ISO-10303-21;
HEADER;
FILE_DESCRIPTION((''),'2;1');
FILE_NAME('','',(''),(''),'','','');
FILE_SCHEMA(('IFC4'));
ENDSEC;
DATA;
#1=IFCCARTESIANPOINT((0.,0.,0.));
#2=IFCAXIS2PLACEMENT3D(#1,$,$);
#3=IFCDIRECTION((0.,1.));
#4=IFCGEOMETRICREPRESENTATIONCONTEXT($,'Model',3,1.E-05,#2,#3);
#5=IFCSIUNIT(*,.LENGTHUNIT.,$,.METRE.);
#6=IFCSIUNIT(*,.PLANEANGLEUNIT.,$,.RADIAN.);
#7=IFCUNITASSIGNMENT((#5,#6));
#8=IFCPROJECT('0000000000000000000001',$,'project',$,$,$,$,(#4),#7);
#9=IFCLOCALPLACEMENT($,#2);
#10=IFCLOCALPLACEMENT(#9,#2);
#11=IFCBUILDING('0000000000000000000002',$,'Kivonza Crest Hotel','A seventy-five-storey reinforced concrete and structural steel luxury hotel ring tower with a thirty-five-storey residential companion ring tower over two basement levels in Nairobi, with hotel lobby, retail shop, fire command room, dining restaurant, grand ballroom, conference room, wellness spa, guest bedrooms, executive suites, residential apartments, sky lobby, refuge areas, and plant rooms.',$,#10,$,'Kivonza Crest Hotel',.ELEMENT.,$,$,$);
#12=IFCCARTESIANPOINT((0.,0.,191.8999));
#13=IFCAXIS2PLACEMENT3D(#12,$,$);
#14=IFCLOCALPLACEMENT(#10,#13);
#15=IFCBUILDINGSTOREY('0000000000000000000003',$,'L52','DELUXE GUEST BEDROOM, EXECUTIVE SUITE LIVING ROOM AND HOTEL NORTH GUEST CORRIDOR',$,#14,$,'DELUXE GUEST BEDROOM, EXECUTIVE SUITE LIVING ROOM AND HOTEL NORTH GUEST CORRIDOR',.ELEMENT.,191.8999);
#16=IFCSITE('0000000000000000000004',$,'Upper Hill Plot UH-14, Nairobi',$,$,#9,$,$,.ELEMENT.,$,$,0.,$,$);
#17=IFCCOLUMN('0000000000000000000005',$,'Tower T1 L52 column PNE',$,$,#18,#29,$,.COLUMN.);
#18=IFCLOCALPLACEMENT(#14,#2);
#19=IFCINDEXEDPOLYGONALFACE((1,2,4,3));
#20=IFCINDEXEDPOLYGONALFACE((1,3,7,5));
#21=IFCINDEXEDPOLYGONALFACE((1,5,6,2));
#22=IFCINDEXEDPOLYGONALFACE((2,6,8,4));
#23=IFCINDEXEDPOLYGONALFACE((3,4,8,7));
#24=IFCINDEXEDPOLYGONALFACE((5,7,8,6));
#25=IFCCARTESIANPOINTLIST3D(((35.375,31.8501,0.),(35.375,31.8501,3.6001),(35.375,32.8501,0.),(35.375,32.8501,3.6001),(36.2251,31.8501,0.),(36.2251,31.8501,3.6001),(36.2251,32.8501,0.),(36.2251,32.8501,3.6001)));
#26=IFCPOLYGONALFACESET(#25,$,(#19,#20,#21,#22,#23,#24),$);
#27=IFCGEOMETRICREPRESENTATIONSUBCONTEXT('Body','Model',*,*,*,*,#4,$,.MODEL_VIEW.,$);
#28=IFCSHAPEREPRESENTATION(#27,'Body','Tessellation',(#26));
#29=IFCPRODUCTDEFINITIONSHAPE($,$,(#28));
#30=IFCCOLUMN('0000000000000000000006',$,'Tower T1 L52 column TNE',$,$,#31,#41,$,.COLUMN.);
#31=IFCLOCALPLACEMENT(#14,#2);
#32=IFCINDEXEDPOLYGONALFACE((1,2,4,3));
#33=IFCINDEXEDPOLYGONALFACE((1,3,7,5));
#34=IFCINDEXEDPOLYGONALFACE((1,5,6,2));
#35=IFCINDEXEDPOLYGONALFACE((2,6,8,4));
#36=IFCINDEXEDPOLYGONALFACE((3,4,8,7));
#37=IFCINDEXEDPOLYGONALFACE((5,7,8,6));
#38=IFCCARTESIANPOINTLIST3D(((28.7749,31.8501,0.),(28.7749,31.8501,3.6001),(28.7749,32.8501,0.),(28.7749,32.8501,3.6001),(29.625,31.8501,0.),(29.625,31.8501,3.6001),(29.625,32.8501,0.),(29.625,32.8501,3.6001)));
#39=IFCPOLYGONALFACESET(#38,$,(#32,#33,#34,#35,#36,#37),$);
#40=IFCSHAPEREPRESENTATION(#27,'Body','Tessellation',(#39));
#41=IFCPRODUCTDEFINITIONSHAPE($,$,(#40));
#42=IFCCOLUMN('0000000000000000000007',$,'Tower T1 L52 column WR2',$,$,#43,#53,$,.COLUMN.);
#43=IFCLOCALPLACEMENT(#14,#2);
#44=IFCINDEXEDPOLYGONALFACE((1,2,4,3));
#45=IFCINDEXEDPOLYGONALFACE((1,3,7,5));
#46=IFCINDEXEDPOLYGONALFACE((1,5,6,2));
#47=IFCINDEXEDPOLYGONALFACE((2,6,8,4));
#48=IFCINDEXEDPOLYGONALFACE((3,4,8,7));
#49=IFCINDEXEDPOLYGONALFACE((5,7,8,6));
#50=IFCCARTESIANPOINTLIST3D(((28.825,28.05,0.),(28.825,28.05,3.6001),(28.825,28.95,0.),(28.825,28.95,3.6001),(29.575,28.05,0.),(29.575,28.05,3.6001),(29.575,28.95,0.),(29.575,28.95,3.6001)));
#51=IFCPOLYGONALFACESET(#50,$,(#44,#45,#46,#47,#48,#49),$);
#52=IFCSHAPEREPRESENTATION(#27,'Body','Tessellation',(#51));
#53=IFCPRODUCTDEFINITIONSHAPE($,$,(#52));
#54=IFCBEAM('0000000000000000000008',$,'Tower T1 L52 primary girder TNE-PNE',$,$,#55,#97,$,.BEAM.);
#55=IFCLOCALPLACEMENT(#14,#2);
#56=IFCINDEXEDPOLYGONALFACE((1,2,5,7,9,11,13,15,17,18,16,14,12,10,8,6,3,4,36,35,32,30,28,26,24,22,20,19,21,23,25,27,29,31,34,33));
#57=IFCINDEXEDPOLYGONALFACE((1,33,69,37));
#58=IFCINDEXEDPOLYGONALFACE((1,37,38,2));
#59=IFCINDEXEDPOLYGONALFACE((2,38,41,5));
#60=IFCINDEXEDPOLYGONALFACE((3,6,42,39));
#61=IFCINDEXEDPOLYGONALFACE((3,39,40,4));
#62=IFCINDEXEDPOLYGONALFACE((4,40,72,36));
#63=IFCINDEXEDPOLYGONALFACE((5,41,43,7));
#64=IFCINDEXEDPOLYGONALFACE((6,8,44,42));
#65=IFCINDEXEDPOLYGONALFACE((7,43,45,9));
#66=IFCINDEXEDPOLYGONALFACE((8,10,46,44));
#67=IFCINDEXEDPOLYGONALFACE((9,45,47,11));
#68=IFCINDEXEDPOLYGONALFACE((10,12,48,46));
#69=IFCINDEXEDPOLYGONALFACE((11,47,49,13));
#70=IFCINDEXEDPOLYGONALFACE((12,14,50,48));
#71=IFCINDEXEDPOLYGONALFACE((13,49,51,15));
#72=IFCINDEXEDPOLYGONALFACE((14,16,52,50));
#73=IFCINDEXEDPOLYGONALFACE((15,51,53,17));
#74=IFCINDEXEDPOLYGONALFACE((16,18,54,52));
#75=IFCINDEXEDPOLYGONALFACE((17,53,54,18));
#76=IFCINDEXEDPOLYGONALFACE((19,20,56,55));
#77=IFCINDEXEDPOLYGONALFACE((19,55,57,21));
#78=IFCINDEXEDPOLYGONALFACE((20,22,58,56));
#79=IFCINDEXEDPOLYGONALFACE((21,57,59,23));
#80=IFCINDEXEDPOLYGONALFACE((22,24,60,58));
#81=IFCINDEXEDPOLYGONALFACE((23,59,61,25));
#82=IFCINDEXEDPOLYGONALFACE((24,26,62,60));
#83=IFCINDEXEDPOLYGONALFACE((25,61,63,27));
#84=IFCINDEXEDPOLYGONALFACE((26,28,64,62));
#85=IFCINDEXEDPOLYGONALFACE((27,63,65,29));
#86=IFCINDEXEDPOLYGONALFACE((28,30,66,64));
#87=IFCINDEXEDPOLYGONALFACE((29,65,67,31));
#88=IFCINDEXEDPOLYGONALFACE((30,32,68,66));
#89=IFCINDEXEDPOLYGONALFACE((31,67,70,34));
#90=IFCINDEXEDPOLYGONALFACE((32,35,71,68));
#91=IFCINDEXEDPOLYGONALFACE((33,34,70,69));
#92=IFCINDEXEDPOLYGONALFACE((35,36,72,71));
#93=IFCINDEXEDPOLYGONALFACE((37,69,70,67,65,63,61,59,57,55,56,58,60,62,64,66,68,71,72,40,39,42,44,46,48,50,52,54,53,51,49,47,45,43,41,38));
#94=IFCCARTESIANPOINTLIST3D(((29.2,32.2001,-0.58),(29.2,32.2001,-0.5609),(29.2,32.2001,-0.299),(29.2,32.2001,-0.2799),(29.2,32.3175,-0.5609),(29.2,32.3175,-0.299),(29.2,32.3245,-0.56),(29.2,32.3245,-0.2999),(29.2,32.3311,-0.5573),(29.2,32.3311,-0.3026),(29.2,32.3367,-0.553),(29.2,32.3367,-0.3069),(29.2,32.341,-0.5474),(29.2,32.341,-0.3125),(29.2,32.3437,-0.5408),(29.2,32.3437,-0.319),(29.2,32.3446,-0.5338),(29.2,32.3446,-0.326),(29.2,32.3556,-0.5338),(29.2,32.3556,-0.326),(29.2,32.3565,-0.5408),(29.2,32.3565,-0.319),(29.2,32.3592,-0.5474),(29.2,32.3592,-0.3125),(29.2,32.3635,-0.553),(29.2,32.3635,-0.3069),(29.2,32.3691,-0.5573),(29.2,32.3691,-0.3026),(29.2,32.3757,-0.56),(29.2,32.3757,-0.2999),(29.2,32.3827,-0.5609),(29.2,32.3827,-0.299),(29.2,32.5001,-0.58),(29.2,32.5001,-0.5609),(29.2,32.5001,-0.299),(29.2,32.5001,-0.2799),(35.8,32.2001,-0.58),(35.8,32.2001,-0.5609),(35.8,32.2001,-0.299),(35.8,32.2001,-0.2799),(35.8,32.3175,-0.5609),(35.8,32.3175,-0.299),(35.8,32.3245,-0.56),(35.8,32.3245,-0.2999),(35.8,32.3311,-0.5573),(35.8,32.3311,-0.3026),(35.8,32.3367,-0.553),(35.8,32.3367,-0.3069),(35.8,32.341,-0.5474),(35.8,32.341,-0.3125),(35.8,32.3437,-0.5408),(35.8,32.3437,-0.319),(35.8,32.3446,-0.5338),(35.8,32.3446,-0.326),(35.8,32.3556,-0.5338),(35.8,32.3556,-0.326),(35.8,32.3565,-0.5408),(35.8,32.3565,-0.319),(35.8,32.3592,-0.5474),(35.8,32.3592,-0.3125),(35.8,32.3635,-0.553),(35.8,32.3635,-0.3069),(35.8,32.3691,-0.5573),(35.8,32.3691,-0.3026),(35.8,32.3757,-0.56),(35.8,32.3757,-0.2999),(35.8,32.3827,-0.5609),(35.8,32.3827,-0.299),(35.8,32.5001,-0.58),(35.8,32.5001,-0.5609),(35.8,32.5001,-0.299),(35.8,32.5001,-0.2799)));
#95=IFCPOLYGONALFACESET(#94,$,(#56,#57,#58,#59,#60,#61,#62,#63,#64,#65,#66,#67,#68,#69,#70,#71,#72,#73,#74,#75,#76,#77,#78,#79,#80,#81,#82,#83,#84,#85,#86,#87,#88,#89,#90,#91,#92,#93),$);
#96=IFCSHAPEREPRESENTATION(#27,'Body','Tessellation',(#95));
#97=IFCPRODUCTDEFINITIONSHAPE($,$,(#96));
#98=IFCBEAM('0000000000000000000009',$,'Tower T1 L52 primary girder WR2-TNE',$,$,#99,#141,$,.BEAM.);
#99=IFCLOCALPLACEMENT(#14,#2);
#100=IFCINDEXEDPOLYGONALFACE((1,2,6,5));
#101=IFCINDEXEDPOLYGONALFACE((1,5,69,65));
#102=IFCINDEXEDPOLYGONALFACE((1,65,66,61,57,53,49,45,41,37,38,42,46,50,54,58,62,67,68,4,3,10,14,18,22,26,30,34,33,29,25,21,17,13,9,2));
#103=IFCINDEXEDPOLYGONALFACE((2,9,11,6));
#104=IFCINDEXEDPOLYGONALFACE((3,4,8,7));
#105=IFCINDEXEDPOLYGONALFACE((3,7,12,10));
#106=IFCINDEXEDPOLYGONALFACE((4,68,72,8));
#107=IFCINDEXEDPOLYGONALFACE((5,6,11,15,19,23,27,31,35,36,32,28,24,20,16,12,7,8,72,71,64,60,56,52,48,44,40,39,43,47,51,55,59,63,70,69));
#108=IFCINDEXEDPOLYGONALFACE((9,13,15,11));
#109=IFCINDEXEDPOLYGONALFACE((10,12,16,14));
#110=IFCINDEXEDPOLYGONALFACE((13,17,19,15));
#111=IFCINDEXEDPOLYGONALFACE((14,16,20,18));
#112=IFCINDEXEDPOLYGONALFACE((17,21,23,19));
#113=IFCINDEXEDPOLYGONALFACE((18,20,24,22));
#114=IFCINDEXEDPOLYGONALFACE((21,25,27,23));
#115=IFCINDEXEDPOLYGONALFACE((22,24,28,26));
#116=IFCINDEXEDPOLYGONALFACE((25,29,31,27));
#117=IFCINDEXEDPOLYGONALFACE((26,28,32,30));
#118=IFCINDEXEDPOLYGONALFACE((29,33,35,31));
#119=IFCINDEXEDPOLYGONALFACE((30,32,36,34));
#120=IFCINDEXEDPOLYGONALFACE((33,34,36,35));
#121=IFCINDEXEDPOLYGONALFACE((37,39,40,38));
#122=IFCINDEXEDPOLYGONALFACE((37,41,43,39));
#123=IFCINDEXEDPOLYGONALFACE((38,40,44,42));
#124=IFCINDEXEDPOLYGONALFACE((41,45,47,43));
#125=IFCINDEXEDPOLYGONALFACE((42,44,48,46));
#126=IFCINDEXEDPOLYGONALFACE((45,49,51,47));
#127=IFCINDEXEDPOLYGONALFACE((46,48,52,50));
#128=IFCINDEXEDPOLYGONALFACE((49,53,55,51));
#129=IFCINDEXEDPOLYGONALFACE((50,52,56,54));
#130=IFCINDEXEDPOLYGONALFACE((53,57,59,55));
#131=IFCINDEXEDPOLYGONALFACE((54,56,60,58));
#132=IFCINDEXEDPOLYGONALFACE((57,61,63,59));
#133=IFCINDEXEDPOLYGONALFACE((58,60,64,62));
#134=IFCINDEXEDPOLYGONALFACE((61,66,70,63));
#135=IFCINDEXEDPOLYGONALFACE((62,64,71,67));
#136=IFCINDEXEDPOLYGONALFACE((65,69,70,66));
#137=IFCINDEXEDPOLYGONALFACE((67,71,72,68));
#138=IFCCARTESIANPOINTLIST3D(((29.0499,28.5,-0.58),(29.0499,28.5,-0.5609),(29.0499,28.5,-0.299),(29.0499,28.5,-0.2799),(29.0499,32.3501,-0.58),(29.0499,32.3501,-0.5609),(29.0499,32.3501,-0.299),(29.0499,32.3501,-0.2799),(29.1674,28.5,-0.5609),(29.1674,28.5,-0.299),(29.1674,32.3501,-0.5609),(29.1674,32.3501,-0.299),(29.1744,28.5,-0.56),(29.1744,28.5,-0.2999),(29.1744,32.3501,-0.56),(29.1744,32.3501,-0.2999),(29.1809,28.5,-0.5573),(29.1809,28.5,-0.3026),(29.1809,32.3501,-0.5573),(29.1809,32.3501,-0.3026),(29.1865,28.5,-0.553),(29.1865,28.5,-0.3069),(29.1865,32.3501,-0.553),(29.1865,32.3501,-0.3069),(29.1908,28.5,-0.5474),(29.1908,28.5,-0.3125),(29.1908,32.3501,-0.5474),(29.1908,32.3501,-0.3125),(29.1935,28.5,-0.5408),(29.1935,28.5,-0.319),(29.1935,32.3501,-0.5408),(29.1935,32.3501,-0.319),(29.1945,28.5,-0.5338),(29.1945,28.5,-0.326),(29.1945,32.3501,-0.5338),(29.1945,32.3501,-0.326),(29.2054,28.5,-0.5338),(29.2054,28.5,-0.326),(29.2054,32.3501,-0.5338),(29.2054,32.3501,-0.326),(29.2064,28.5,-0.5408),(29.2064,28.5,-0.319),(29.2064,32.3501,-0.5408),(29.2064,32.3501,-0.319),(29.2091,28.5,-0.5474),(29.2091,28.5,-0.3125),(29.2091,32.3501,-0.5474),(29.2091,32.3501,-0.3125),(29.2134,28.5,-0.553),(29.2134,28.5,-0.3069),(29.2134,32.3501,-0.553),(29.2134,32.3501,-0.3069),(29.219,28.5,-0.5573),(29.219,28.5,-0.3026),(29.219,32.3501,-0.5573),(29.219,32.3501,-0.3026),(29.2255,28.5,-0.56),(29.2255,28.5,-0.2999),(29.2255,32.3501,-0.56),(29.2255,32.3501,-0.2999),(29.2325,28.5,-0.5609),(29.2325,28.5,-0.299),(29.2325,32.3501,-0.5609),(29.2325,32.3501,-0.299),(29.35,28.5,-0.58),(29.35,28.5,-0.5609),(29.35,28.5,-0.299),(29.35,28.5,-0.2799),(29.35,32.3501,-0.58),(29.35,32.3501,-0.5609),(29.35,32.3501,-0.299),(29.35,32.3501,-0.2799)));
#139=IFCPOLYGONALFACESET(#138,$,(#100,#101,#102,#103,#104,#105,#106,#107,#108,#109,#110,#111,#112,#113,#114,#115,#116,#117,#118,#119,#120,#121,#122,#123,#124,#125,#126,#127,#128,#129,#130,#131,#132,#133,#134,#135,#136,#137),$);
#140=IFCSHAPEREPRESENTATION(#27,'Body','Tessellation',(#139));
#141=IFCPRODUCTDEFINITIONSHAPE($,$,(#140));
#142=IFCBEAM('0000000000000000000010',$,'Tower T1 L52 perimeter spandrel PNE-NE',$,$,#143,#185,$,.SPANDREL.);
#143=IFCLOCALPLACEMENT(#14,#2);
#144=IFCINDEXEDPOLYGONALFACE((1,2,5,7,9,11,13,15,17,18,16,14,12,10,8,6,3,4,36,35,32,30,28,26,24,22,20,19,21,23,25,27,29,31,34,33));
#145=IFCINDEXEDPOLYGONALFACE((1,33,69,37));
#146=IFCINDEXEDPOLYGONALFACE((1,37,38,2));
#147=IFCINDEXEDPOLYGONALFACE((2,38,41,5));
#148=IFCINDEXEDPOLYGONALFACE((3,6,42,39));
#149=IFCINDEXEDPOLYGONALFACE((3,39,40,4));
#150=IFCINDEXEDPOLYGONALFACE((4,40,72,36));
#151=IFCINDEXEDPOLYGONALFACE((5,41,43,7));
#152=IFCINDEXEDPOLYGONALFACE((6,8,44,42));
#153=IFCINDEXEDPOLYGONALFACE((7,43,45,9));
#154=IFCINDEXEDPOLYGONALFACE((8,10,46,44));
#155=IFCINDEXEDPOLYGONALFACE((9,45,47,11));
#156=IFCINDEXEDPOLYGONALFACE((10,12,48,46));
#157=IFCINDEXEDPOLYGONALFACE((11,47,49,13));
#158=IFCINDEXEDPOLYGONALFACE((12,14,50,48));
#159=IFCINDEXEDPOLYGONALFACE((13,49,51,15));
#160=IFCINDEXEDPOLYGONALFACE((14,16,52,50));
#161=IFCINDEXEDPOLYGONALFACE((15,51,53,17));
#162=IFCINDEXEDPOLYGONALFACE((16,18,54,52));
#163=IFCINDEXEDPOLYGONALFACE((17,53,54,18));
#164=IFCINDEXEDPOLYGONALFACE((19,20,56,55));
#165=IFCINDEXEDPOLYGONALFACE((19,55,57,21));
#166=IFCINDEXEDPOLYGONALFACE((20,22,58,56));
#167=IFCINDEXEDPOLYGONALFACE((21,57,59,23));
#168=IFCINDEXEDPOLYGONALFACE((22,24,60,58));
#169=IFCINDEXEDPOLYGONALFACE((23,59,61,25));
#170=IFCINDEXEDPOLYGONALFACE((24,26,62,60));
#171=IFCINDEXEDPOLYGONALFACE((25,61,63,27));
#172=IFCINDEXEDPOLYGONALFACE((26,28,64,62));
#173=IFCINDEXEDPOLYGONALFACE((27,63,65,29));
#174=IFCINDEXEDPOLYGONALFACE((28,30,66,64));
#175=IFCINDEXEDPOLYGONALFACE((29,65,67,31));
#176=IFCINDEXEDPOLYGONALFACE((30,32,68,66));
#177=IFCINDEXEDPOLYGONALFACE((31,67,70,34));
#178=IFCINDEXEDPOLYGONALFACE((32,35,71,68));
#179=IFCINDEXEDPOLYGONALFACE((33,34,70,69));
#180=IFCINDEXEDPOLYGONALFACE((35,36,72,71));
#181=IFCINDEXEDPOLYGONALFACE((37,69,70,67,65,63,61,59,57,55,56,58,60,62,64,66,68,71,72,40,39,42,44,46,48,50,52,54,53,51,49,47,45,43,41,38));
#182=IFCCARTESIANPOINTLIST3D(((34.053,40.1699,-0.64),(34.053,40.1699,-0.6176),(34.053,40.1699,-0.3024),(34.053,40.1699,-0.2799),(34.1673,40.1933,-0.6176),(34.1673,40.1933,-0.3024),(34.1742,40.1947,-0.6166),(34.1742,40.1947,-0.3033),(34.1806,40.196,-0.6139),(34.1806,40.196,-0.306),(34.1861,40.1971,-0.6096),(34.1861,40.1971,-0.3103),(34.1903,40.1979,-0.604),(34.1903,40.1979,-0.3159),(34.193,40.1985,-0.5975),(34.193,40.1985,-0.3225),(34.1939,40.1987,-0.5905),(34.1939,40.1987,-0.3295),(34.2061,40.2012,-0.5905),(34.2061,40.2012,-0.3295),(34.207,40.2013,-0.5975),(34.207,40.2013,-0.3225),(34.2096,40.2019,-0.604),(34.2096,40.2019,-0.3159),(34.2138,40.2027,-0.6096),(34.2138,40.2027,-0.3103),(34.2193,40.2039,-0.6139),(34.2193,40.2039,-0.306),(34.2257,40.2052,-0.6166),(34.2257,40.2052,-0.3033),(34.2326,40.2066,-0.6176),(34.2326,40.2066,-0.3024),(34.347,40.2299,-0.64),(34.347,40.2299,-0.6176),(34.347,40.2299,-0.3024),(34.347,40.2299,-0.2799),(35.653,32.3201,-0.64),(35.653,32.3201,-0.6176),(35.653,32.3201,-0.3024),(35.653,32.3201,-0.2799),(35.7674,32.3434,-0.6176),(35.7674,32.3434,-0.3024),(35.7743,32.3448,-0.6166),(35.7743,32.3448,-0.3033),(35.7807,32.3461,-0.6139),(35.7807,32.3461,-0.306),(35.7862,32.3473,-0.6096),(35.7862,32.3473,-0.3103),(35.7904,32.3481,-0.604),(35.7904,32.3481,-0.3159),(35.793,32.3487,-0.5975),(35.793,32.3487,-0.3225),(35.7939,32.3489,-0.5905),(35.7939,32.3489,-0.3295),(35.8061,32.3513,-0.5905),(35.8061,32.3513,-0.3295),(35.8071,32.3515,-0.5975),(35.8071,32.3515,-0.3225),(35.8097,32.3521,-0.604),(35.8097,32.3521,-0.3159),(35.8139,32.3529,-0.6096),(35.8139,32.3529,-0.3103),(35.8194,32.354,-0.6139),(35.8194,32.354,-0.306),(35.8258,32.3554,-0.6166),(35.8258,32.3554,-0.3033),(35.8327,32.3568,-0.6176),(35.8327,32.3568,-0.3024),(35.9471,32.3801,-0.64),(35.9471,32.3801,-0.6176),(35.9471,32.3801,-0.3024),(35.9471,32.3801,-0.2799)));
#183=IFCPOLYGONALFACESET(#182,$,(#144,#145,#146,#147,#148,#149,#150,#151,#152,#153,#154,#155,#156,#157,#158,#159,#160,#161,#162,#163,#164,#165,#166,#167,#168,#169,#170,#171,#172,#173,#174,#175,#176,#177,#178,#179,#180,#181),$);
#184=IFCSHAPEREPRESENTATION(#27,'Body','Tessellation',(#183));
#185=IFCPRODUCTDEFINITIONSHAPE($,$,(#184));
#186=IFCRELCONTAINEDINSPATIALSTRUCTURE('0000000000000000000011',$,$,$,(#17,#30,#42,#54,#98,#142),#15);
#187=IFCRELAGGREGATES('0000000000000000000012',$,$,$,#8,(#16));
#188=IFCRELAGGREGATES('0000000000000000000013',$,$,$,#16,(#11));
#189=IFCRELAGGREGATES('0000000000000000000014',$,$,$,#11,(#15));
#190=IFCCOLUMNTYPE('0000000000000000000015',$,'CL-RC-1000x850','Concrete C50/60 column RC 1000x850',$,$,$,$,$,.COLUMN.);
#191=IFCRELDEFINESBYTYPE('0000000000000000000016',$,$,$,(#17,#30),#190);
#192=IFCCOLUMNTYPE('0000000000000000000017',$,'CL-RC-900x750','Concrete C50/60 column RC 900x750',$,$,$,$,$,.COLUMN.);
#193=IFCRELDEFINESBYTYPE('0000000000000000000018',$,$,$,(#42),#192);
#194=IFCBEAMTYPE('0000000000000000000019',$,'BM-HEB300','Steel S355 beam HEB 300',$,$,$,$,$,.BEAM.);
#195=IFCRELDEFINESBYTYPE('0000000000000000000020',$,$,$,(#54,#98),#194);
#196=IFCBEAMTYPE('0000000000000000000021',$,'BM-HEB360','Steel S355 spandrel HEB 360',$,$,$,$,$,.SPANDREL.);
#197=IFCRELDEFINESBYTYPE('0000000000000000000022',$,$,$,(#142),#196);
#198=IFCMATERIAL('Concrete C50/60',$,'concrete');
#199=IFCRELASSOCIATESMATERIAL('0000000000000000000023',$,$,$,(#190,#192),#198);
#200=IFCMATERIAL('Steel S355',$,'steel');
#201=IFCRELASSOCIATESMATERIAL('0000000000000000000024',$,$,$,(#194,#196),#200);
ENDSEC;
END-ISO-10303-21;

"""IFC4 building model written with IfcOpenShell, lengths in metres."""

from ifc_helpers import new_model, si_unit, direction, frame, origin, origin_2d, place, context, subcontext, project, spatial, rectangle, i_section, extrude, material, material_profile, profile_set, type_object, element, save


model = new_model("IFC4")

# Units and contexts
model_context = context("Model", 3, precision=1e-05, world=origin(), true_north=direction((0.0, 1.0)))
body_context = subcontext(model_context, "Body", "Model", "MODEL_VIEW")
ifc_project = project(units=[si_unit("LENGTHUNIT", "METRE"), si_unit("PLANEANGLEUNIT", "RADIAN")], contexts=[model_context])

# Site, building, storey
site_placement = place(None, origin())
site = spatial("IfcSite", under=ifc_project, at=site_placement, Name="Upper Hill Plot UH-14, Nairobi", CompositionType="ELEMENT", RefElevation=0.0)
building_placement = place(site_placement, origin())
building = spatial("IfcBuilding", under=site, at=building_placement, Name="Kivonza Crest Hotel", Description="A seventy-five-storey reinforced concrete and structural steel luxury hotel ring tower with a thirty-five-storey residential companion ring tower over two basement levels in Nairobi, with hotel lobby, retail shop, fire command room, dining restaurant, grand ballroom, conference room, wellness spa, guest bedrooms, executive suites, residential apartments, sky lobby, refuge areas, and plant rooms.", LongName="Kivonza Crest Hotel", CompositionType="ELEMENT")
storey_placement = place(building_placement, frame((0.0, 0.0, 191.8999)))
storey = spatial("IfcBuildingStorey", under=building, at=storey_placement, Name="L52", Description="DELUXE GUEST BEDROOM, EXECUTIVE SUITE LIVING ROOM AND HOTEL NORTH GUEST CORRIDOR", LongName="DELUXE GUEST BEDROOM, EXECUTIVE SUITE LIVING ROOM AND HOTEL NORTH GUEST CORRIDOR", CompositionType="ELEMENT", Elevation=191.8999)

# Columns
ifc_material_1 = material(Name="Concrete C50/60", Category="concrete")
ifc_material_profile_1 = material_profile(ifc_material_1, rectangle(XDim=0.8501, YDim=1.0, at=origin_2d()), Name="RC 1000x850")
ifc_profile_set_1 = profile_set([ifc_material_profile_1], Name="Concrete C50/60")
column_type_1 = type_object("IfcColumnType", Name="CL-RC-1000x850", Description="Concrete C50/60 column RC 1000x850", PredefinedType="COLUMN", material=ifc_profile_set_1)
for number, where, z_axis, x_axis, name in (
    (1, (35.8, 32.3501, 0.0), (0.0, 0.0, 1.0), (1.0, 0.0, 0.0), "Tower T1 L52 column PNE"),
    (2, (29.2, 32.3501, 0.0), (0.0, 0.0, 1.0), (1.0, 0.0, 0.0), "Tower T1 L52 column TNE"),
):
    element("IfcColumn", number, at=place(storey_placement, frame(where, z_axis=z_axis, x_axis=x_axis)), inside=storey, type_object=column_type_1, Name=name, PredefinedType="COLUMN", context=body_context, shape_type="SweptSolid", body=[
        extrude(rectangle(XDim=0.8501, YDim=1.0, at=origin_2d()), origin(), (0.0, 0.0, 1.0), 3.6001),
    ])
ifc_material_profile_2 = material_profile(ifc_material_1, rectangle(XDim=0.75, YDim=0.8999, at=origin_2d()), Name="RC 900x750")
ifc_profile_set_2 = profile_set([ifc_material_profile_2], Name="Concrete C50/60")
column_type_2 = type_object("IfcColumnType", Name="CL-RC-900x750", Description="Concrete C50/60 column RC 900x750", PredefinedType="COLUMN", material=ifc_profile_set_2)
column_placement = place(storey_placement, frame((29.2, 28.5, 0.0), z_axis=(0.0, 0.0, 1.0), x_axis=(1.0, 0.0, 0.0)))
element("IfcColumn", 3, at=column_placement, inside=storey, type_object=column_type_2, Name="Tower T1 L52 column WR2", PredefinedType="COLUMN", context=body_context, shape_type="SweptSolid", body=[
    extrude(rectangle(XDim=0.75, YDim=0.8999, at=origin_2d()), origin(), (0.0, 0.0, 1.0), 3.6001),
])

# Beams
ifc_material_2 = material(Name="Steel S355", Category="steel")
ifc_material_profile_3 = material_profile(ifc_material_2, i_section(OverallWidth=0.3, OverallDepth=0.3, WebThickness=0.011, FlangeThickness=0.019, FilletRadius=0.0271, at=origin_2d()), Name="HEB 300")
ifc_profile_set_3 = profile_set([ifc_material_profile_3], Name="Steel S355")
beam_type_1 = type_object("IfcBeamType", Name="BM-HEB300", Description="Steel S355 beam HEB 300", PredefinedType="BEAM", material=ifc_profile_set_3)
beam_1_placement = place(storey_placement, frame((29.2, 32.3501, -0.4299), z_axis=(1.0, 0.0, 0.0), x_axis=(0.0, 1.0, 0.0)))
element("IfcBeam", 4, at=beam_1_placement, inside=storey, type_object=beam_type_1, Name="Tower T1 L52 primary girder TNE-PNE", PredefinedType="BEAM", context=body_context, shape_type="SweptSolid", body=[
    extrude(i_section(OverallWidth=0.3, OverallDepth=0.3, WebThickness=0.011, FlangeThickness=0.019, FilletRadius=0.0271, at=origin_2d()), origin(), (0.0, 0.0, 1.0), 6.6001),
])
beam_2_placement = place(storey_placement, frame((29.2, 28.5, -0.4299), z_axis=(0.0, 1.0, 0.0), x_axis=(-1.0, 0.0, 0.0)))
element("IfcBeam", 5, at=beam_2_placement, inside=storey, type_object=beam_type_1, Name="Tower T1 L52 primary girder WR2-TNE", PredefinedType="BEAM", context=body_context, shape_type="SweptSolid", body=[
    extrude(i_section(OverallWidth=0.3, OverallDepth=0.3, WebThickness=0.011, FlangeThickness=0.019, FilletRadius=0.0271, at=origin_2d()), origin(), (0.0, 0.0, 1.0), 3.8501),
])
ifc_material_profile_4 = material_profile(ifc_material_2, i_section(OverallWidth=0.3, OverallDepth=0.3601, WebThickness=0.0125, FlangeThickness=0.0225, FilletRadius=0.0271, at=origin_2d()), Name="HEB 360")
ifc_profile_set_4 = profile_set([ifc_material_profile_4], Name="Steel S355")
beam_type_2 = type_object("IfcBeamType", Name="BM-HEB360", Description="Steel S355 spandrel HEB 360", PredefinedType="SPANDREL", material=ifc_profile_set_4)
beam_3_placement = place(storey_placement, frame((35.8, 32.3501, -0.46), z_axis=(-0.199731, 0.979851, 0.0), x_axis=(-0.979851, -0.199731, 0.0)))
element("IfcBeam", 6, at=beam_3_placement, inside=storey, type_object=beam_type_2, Name="Tower T1 L52 perimeter spandrel PNE-NE", PredefinedType="SPANDREL", context=body_context, shape_type="SweptSolid", body=[
    extrude(i_section(OverallWidth=0.3, OverallDepth=0.3601, WebThickness=0.0125, FlangeThickness=0.0225, FilletRadius=0.0271, at=origin_2d()), origin(), (0.0, 0.0, 1.0), 8.0112),
])

save(model, "model.ifc")
